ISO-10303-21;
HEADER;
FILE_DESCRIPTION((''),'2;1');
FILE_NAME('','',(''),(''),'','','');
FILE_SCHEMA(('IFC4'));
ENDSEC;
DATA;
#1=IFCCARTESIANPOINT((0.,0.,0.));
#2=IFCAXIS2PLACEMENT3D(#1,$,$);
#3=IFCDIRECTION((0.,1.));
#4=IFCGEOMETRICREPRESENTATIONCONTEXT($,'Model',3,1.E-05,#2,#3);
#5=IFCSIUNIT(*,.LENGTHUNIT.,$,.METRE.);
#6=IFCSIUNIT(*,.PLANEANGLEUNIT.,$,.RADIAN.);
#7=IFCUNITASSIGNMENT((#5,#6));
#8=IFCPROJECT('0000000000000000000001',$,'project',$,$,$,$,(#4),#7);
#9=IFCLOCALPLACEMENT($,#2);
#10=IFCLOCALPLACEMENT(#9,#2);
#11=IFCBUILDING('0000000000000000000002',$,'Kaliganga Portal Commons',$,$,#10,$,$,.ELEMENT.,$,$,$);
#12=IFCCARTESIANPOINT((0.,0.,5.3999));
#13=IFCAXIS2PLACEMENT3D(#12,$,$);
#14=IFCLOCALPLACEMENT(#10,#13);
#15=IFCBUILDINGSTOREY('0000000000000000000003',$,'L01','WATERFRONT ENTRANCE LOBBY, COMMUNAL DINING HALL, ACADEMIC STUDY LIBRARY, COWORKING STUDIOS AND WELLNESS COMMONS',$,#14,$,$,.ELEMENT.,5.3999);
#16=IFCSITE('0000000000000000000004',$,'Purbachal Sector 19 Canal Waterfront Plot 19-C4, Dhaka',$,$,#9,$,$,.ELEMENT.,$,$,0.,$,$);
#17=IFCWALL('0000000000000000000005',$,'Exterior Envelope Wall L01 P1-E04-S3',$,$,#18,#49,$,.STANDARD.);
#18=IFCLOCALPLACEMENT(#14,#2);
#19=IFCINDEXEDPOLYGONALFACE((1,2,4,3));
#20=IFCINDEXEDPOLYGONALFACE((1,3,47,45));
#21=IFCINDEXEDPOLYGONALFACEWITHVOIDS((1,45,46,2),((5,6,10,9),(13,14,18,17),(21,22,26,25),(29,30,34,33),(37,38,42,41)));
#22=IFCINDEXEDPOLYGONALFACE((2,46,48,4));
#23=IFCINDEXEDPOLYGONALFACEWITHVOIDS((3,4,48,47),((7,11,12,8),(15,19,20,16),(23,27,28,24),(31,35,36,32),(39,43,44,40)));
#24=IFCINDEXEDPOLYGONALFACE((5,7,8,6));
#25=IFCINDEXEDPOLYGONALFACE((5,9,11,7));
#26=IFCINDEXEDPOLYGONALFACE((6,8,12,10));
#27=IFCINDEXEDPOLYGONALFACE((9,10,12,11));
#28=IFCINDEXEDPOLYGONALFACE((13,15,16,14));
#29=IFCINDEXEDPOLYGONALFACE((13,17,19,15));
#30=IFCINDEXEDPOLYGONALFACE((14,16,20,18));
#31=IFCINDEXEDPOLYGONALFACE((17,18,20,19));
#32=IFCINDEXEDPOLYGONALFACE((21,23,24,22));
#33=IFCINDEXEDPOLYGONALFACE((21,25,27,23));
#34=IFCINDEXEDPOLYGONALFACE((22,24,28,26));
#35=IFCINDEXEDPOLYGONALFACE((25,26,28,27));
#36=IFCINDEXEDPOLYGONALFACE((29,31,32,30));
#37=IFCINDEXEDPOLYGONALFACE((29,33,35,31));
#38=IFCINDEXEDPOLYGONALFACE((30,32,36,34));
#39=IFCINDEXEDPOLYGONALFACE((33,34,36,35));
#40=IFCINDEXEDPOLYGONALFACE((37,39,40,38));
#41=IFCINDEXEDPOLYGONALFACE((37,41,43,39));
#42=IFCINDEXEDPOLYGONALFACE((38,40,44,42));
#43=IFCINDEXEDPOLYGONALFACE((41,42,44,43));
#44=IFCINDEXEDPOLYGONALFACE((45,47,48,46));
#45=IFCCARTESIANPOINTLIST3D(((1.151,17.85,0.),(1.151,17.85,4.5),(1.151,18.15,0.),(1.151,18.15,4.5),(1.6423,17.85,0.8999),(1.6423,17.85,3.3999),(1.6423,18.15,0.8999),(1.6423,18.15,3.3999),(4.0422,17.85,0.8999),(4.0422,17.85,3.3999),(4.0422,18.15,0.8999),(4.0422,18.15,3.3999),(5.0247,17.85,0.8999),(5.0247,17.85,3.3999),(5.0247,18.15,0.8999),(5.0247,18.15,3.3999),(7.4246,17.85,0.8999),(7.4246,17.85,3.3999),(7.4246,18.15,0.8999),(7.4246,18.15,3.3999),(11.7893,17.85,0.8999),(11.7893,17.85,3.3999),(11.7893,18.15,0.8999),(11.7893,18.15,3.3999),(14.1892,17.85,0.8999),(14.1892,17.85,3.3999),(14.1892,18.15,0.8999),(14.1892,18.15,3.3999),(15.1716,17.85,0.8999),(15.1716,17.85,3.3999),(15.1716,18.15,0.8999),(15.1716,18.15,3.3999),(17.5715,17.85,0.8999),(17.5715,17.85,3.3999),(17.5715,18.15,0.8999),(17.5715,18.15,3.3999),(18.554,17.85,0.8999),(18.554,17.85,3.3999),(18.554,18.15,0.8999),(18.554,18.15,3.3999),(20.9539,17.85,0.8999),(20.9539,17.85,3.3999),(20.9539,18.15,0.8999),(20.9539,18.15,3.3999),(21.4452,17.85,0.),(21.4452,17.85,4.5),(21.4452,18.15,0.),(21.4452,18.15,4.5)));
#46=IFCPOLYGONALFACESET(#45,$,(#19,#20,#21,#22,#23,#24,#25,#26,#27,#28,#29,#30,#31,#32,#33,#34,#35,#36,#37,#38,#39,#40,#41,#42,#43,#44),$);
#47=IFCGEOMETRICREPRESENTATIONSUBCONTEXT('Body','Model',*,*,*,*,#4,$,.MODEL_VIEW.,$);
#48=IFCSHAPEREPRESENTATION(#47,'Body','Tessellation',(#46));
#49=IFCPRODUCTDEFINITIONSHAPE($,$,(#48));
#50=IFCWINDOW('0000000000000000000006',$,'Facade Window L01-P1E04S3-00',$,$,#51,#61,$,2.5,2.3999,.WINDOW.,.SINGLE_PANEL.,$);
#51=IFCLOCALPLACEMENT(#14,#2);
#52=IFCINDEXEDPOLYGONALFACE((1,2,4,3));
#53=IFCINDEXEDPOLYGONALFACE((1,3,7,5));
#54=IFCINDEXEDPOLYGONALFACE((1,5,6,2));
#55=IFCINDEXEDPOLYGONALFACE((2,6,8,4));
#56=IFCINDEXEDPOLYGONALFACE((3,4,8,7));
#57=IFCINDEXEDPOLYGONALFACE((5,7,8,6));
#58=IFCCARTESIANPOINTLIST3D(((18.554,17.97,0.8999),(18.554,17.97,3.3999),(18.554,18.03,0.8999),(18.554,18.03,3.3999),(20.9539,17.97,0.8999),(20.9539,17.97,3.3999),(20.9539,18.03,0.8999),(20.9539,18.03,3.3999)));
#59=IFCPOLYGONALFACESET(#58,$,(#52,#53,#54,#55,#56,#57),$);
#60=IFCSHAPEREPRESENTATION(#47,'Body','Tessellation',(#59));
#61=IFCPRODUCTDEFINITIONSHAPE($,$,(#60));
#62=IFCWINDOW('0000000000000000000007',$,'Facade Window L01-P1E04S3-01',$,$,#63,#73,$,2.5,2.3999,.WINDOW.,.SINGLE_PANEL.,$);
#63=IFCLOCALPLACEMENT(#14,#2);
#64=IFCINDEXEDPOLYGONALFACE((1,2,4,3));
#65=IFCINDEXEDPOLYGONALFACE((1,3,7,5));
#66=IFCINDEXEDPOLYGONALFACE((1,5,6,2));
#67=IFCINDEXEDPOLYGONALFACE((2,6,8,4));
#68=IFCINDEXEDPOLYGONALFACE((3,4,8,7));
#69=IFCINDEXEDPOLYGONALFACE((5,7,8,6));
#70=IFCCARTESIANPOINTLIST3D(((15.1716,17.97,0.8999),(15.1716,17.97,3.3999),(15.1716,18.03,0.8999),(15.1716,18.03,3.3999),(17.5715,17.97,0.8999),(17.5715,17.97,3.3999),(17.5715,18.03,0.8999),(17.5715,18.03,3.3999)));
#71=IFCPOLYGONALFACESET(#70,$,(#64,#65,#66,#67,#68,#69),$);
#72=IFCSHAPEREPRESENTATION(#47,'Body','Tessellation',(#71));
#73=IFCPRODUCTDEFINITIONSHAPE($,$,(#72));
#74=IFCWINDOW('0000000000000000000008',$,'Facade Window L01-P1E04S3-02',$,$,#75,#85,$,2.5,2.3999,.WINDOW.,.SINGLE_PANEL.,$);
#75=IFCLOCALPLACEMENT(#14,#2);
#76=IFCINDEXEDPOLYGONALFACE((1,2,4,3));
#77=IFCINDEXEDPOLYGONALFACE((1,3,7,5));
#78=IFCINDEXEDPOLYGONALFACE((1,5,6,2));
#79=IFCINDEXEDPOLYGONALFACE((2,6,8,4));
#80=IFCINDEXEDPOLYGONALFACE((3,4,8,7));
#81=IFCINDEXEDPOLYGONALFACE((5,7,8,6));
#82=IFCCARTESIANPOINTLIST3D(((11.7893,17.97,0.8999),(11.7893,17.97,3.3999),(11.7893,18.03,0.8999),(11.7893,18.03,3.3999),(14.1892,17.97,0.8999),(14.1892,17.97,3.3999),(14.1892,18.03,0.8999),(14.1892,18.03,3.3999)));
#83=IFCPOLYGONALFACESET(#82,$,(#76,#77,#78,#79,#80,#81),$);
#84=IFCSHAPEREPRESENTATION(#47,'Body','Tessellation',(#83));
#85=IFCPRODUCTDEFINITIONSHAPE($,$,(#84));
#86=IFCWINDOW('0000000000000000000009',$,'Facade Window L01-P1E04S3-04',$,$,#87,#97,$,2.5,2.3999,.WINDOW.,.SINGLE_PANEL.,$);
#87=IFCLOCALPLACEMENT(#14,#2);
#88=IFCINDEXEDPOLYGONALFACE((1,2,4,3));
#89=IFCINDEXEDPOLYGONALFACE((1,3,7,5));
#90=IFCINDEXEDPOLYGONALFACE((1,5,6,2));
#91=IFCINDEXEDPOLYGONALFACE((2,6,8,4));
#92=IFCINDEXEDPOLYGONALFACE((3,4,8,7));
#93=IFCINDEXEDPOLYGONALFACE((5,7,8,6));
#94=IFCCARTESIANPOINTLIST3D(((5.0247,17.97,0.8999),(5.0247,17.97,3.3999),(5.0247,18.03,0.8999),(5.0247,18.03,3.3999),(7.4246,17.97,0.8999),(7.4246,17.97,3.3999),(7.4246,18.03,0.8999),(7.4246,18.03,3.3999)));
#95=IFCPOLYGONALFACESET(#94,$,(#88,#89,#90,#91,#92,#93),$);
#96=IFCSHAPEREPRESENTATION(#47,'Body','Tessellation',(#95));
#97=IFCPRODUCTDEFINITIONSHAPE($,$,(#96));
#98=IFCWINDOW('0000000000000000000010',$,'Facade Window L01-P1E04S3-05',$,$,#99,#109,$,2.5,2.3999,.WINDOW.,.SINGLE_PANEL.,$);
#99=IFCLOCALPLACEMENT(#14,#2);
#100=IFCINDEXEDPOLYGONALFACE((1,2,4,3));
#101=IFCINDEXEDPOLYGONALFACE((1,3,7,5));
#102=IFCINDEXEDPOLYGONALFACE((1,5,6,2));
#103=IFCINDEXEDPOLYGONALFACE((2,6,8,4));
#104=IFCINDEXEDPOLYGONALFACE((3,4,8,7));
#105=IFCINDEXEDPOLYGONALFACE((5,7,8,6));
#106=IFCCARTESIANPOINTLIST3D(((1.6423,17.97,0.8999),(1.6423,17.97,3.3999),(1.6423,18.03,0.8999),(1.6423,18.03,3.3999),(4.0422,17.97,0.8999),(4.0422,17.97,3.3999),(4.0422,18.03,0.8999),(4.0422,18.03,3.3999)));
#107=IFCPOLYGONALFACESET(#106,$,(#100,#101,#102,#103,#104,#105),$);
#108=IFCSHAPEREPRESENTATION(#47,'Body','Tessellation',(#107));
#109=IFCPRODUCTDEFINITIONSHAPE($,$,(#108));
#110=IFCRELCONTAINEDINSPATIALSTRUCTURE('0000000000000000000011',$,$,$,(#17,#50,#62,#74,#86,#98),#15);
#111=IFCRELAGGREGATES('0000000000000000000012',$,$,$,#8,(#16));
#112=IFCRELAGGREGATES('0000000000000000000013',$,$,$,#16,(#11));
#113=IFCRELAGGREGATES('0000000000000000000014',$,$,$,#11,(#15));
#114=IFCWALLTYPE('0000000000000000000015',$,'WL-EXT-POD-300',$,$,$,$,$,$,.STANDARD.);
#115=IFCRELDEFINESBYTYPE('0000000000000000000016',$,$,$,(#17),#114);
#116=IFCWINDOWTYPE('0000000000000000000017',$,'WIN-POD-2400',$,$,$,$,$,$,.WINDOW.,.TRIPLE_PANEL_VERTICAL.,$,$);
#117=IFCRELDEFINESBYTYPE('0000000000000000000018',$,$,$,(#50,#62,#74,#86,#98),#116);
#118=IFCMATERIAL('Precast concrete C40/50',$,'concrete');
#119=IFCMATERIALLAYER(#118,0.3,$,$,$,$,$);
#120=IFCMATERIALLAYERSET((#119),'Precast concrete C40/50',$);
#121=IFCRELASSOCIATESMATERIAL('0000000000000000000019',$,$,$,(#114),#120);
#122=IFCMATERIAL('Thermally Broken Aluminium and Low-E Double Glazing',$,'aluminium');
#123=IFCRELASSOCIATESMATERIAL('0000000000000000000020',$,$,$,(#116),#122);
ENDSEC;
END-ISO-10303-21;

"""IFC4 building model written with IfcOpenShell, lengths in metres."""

from ifc_helpers import new_model, si_unit, direction, frame, frame_2d, origin, place, context, subcontext, project, spatial, rectangle, extrude, material, layer, layer_set, type_object, element, fill, save


model = new_model("IFC4")

# Units and contexts
model_context = context("Model", 3, precision=1e-05, world=origin(), true_north=direction((0.0, 1.0)))
body_context = subcontext(model_context, "Body", "Model", "MODEL_VIEW")
ifc_project = project(units=[si_unit("LENGTHUNIT", "METRE"), si_unit("PLANEANGLEUNIT", "RADIAN")], contexts=[model_context])

# Site, building, storey
site_placement = place(None, origin())
site = spatial("IfcSite", under=ifc_project, at=site_placement, Name="Purbachal Sector 19 Canal Waterfront Plot 19-C4, Dhaka", CompositionType="ELEMENT", RefElevation=0.0)
building_placement = place(site_placement, origin())
building = spatial("IfcBuilding", under=site, at=building_placement, Name="Kaliganga Portal Commons", CompositionType="ELEMENT")
storey_placement = place(building_placement, frame((0.0, 0.0, 5.3999)))
storey = spatial("IfcBuildingStorey", under=building, at=storey_placement, Name="L01", Description="WATERFRONT ENTRANCE LOBBY, COMMUNAL DINING HALL, ACADEMIC STUDY LIBRARY, COWORKING STUDIOS AND WELLNESS COMMONS", CompositionType="ELEMENT", Elevation=5.3999)

# Shared definitions
ifc_material_1 = material(Name="Precast concrete C40/50", Category="concrete")
ifc_layer_1 = layer(ifc_material_1, 0.3)
ifc_layer_set_1 = layer_set([ifc_layer_1], Name="Precast concrete C40/50")
wall_type_1 = type_object("IfcWallType", Name="WL-EXT-POD-300", PredefinedType="STANDARD", material=ifc_layer_set_1)

# Shared definitions
ifc_material_2 = material(Name="Thermally Broken Aluminium and Low-E Double Glazing", Category="aluminium")
window_type = type_object("IfcWindowType", Name="WIN-POD-2400", PartitioningType="TRIPLE_PANEL_VERTICAL", PredefinedType="WINDOW", material=ifc_material_2)

# Wall, openings, windows
wall_1_placement = place(storey_placement, frame((21.4451, 18.0, 0.0), z_axis=(0.0, 0.0, 1.0), x_axis=(-1.0, 0.0, 0.0)))
wall_1 = element("IfcWall", 1, at=wall_1_placement, inside=storey, type_object=wall_type_1, Name="Exterior Envelope Wall L01 P1-E04-S3", PredefinedType="STANDARD", context=body_context, shape_type="SweptSolid", body=[
    extrude(rectangle(XDim=20.2942, YDim=0.3, at=frame_2d((10.147, 0.0))), origin(), (0.0, 0.0, 1.0), 4.5),
])
opening_1_placement = place(wall_1_placement, frame((0.4912, 0.0, 0.8999)))
opening_1 = element("IfcOpeningElement", 2, at=opening_1_placement, cuts=wall_1, PredefinedType="OPENING", context=body_context, shape_type="SweptSolid", body=[
    extrude(rectangle(XDim=2.3999, YDim=2.5, at=frame_2d((1.2, 1.25))), frame((0.0, 0.1602, 0.0), z_axis=(0.0, -1.0, 0.0), x_axis=(1.0, 0.0, 0.0)), (0.0, 0.0, 1.0), 0.3201),
])
opening_2_placement = place(wall_1_placement, frame((3.8735, 0.0, 0.8999)))
opening_2 = element("IfcOpeningElement", 3, at=opening_2_placement, cuts=wall_1, PredefinedType="OPENING", context=body_context, shape_type="SweptSolid", body=[
    extrude(rectangle(XDim=2.3999, YDim=2.5, at=frame_2d((1.2, 1.25))), frame((0.0, 0.1602, 0.0), z_axis=(0.0, -1.0, 0.0), x_axis=(1.0, 0.0, 0.0)), (0.0, 0.0, 1.0), 0.3201),
])
opening_3_placement = place(wall_1_placement, frame((7.2559, 0.0, 0.8999)))
opening_3 = element("IfcOpeningElement", 4, at=opening_3_placement, cuts=wall_1, PredefinedType="OPENING", context=body_context, shape_type="SweptSolid", body=[
    extrude(rectangle(XDim=2.3999, YDim=2.5, at=frame_2d((1.2, 1.25))), frame((0.0, 0.1602, 0.0), z_axis=(0.0, -1.0, 0.0), x_axis=(1.0, 0.0, 0.0)), (0.0, 0.0, 1.0), 0.3201),
])
opening_4_placement = place(wall_1_placement, frame((14.0205, 0.0, 0.8999)))
opening_4 = element("IfcOpeningElement", 5, at=opening_4_placement, cuts=wall_1, PredefinedType="OPENING", context=body_context, shape_type="SweptSolid", body=[
    extrude(rectangle(XDim=2.3999, YDim=2.5, at=frame_2d((1.2, 1.25))), frame((0.0, 0.1602, 0.0), z_axis=(0.0, -1.0, 0.0), x_axis=(1.0, 0.0, 0.0)), (0.0, 0.0, 1.0), 0.3201),
])
opening_5_placement = place(wall_1_placement, frame((17.4028, 0.0, 0.8999)))
opening_5 = element("IfcOpeningElement", 6, at=opening_5_placement, cuts=wall_1, PredefinedType="OPENING", context=body_context, shape_type="SweptSolid", body=[
    extrude(rectangle(XDim=2.3999, YDim=2.5, at=frame_2d((1.2, 1.25))), frame((0.0, 0.1602, 0.0), z_axis=(0.0, -1.0, 0.0), x_axis=(1.0, 0.0, 0.0)), (0.0, 0.0, 1.0), 0.3201),
])
window_1_placement = place(opening_1_placement, origin())
window_1 = element("IfcWindow", 7, at=window_1_placement, inside=storey, type_object=window_type, Name="Facade Window L01-P1E04S3-00", OverallHeight=2.5, OverallWidth=2.3999, PartitioningType="SINGLE_PANEL", PredefinedType="WINDOW", context=body_context, shape_type="SweptSolid", body=[
    extrude(rectangle(XDim=2.3999, YDim=2.5, at=frame_2d((1.2, 1.25))), frame((0.0, 0.03, 0.0), z_axis=(0.0, -1.0, 0.0), x_axis=(1.0, 0.0, 0.0)), (0.0, 0.0, 1.0), 0.0601),
])
fill(opening_1, window_1)
window_2_placement = place(opening_2_placement, origin())
window_2 = element("IfcWindow", 8, at=window_2_placement, inside=storey, type_object=window_type, Name="Facade Window L01-P1E04S3-01", OverallHeight=2.5, OverallWidth=2.3999, PartitioningType="SINGLE_PANEL", PredefinedType="WINDOW", context=body_context, shape_type="SweptSolid", body=[
    extrude(rectangle(XDim=2.3999, YDim=2.5, at=frame_2d((1.2, 1.25))), frame((0.0, 0.03, 0.0), z_axis=(0.0, -1.0, 0.0), x_axis=(1.0, 0.0, 0.0)), (0.0, 0.0, 1.0), 0.0601),
])
fill(opening_2, window_2)
window_3_placement = place(opening_3_placement, origin())
window_3 = element("IfcWindow", 9, at=window_3_placement, inside=storey, type_object=window_type, Name="Facade Window L01-P1E04S3-02", OverallHeight=2.5, OverallWidth=2.3999, PartitioningType="SINGLE_PANEL", PredefinedType="WINDOW", context=body_context, shape_type="SweptSolid", body=[
    extrude(rectangle(XDim=2.3999, YDim=2.5, at=frame_2d((1.2, 1.25))), frame((0.0, 0.03, 0.0), z_axis=(0.0, -1.0, 0.0), x_axis=(1.0, 0.0, 0.0)), (0.0, 0.0, 1.0), 0.0601),
])
fill(opening_3, window_3)
window_4_placement = place(opening_4_placement, origin())
window_4 = element("IfcWindow", 10, at=window_4_placement, inside=storey, type_object=window_type, Name="Facade Window L01-P1E04S3-04", OverallHeight=2.5, OverallWidth=2.3999, PartitioningType="SINGLE_PANEL", PredefinedType="WINDOW", context=body_context, shape_type="SweptSolid", body=[
    extrude(rectangle(XDim=2.3999, YDim=2.5, at=frame_2d((1.2, 1.25))), frame((0.0, 0.03, 0.0), z_axis=(0.0, -1.0, 0.0), x_axis=(1.0, 0.0, 0.0)), (0.0, 0.0, 1.0), 0.0601),
])
fill(opening_4, window_4)
window_5_placement = place(opening_5_placement, origin())
window_5 = element("IfcWindow", 11, at=window_5_placement, inside=storey, type_object=window_type, Name="Facade Window L01-P1E04S3-05", OverallHeight=2.5, OverallWidth=2.3999, PartitioningType="SINGLE_PANEL", PredefinedType="WINDOW", context=body_context, shape_type="SweptSolid", body=[
    extrude(rectangle(XDim=2.3999, YDim=2.5, at=frame_2d((1.2, 1.25))), frame((0.0, 0.03, 0.0), z_axis=(0.0, -1.0, 0.0), x_axis=(1.0, 0.0, 0.0)), (0.0, 0.0, 1.0), 0.0601),
])
fill(opening_5, window_5)

save(model, "model.ifc")
